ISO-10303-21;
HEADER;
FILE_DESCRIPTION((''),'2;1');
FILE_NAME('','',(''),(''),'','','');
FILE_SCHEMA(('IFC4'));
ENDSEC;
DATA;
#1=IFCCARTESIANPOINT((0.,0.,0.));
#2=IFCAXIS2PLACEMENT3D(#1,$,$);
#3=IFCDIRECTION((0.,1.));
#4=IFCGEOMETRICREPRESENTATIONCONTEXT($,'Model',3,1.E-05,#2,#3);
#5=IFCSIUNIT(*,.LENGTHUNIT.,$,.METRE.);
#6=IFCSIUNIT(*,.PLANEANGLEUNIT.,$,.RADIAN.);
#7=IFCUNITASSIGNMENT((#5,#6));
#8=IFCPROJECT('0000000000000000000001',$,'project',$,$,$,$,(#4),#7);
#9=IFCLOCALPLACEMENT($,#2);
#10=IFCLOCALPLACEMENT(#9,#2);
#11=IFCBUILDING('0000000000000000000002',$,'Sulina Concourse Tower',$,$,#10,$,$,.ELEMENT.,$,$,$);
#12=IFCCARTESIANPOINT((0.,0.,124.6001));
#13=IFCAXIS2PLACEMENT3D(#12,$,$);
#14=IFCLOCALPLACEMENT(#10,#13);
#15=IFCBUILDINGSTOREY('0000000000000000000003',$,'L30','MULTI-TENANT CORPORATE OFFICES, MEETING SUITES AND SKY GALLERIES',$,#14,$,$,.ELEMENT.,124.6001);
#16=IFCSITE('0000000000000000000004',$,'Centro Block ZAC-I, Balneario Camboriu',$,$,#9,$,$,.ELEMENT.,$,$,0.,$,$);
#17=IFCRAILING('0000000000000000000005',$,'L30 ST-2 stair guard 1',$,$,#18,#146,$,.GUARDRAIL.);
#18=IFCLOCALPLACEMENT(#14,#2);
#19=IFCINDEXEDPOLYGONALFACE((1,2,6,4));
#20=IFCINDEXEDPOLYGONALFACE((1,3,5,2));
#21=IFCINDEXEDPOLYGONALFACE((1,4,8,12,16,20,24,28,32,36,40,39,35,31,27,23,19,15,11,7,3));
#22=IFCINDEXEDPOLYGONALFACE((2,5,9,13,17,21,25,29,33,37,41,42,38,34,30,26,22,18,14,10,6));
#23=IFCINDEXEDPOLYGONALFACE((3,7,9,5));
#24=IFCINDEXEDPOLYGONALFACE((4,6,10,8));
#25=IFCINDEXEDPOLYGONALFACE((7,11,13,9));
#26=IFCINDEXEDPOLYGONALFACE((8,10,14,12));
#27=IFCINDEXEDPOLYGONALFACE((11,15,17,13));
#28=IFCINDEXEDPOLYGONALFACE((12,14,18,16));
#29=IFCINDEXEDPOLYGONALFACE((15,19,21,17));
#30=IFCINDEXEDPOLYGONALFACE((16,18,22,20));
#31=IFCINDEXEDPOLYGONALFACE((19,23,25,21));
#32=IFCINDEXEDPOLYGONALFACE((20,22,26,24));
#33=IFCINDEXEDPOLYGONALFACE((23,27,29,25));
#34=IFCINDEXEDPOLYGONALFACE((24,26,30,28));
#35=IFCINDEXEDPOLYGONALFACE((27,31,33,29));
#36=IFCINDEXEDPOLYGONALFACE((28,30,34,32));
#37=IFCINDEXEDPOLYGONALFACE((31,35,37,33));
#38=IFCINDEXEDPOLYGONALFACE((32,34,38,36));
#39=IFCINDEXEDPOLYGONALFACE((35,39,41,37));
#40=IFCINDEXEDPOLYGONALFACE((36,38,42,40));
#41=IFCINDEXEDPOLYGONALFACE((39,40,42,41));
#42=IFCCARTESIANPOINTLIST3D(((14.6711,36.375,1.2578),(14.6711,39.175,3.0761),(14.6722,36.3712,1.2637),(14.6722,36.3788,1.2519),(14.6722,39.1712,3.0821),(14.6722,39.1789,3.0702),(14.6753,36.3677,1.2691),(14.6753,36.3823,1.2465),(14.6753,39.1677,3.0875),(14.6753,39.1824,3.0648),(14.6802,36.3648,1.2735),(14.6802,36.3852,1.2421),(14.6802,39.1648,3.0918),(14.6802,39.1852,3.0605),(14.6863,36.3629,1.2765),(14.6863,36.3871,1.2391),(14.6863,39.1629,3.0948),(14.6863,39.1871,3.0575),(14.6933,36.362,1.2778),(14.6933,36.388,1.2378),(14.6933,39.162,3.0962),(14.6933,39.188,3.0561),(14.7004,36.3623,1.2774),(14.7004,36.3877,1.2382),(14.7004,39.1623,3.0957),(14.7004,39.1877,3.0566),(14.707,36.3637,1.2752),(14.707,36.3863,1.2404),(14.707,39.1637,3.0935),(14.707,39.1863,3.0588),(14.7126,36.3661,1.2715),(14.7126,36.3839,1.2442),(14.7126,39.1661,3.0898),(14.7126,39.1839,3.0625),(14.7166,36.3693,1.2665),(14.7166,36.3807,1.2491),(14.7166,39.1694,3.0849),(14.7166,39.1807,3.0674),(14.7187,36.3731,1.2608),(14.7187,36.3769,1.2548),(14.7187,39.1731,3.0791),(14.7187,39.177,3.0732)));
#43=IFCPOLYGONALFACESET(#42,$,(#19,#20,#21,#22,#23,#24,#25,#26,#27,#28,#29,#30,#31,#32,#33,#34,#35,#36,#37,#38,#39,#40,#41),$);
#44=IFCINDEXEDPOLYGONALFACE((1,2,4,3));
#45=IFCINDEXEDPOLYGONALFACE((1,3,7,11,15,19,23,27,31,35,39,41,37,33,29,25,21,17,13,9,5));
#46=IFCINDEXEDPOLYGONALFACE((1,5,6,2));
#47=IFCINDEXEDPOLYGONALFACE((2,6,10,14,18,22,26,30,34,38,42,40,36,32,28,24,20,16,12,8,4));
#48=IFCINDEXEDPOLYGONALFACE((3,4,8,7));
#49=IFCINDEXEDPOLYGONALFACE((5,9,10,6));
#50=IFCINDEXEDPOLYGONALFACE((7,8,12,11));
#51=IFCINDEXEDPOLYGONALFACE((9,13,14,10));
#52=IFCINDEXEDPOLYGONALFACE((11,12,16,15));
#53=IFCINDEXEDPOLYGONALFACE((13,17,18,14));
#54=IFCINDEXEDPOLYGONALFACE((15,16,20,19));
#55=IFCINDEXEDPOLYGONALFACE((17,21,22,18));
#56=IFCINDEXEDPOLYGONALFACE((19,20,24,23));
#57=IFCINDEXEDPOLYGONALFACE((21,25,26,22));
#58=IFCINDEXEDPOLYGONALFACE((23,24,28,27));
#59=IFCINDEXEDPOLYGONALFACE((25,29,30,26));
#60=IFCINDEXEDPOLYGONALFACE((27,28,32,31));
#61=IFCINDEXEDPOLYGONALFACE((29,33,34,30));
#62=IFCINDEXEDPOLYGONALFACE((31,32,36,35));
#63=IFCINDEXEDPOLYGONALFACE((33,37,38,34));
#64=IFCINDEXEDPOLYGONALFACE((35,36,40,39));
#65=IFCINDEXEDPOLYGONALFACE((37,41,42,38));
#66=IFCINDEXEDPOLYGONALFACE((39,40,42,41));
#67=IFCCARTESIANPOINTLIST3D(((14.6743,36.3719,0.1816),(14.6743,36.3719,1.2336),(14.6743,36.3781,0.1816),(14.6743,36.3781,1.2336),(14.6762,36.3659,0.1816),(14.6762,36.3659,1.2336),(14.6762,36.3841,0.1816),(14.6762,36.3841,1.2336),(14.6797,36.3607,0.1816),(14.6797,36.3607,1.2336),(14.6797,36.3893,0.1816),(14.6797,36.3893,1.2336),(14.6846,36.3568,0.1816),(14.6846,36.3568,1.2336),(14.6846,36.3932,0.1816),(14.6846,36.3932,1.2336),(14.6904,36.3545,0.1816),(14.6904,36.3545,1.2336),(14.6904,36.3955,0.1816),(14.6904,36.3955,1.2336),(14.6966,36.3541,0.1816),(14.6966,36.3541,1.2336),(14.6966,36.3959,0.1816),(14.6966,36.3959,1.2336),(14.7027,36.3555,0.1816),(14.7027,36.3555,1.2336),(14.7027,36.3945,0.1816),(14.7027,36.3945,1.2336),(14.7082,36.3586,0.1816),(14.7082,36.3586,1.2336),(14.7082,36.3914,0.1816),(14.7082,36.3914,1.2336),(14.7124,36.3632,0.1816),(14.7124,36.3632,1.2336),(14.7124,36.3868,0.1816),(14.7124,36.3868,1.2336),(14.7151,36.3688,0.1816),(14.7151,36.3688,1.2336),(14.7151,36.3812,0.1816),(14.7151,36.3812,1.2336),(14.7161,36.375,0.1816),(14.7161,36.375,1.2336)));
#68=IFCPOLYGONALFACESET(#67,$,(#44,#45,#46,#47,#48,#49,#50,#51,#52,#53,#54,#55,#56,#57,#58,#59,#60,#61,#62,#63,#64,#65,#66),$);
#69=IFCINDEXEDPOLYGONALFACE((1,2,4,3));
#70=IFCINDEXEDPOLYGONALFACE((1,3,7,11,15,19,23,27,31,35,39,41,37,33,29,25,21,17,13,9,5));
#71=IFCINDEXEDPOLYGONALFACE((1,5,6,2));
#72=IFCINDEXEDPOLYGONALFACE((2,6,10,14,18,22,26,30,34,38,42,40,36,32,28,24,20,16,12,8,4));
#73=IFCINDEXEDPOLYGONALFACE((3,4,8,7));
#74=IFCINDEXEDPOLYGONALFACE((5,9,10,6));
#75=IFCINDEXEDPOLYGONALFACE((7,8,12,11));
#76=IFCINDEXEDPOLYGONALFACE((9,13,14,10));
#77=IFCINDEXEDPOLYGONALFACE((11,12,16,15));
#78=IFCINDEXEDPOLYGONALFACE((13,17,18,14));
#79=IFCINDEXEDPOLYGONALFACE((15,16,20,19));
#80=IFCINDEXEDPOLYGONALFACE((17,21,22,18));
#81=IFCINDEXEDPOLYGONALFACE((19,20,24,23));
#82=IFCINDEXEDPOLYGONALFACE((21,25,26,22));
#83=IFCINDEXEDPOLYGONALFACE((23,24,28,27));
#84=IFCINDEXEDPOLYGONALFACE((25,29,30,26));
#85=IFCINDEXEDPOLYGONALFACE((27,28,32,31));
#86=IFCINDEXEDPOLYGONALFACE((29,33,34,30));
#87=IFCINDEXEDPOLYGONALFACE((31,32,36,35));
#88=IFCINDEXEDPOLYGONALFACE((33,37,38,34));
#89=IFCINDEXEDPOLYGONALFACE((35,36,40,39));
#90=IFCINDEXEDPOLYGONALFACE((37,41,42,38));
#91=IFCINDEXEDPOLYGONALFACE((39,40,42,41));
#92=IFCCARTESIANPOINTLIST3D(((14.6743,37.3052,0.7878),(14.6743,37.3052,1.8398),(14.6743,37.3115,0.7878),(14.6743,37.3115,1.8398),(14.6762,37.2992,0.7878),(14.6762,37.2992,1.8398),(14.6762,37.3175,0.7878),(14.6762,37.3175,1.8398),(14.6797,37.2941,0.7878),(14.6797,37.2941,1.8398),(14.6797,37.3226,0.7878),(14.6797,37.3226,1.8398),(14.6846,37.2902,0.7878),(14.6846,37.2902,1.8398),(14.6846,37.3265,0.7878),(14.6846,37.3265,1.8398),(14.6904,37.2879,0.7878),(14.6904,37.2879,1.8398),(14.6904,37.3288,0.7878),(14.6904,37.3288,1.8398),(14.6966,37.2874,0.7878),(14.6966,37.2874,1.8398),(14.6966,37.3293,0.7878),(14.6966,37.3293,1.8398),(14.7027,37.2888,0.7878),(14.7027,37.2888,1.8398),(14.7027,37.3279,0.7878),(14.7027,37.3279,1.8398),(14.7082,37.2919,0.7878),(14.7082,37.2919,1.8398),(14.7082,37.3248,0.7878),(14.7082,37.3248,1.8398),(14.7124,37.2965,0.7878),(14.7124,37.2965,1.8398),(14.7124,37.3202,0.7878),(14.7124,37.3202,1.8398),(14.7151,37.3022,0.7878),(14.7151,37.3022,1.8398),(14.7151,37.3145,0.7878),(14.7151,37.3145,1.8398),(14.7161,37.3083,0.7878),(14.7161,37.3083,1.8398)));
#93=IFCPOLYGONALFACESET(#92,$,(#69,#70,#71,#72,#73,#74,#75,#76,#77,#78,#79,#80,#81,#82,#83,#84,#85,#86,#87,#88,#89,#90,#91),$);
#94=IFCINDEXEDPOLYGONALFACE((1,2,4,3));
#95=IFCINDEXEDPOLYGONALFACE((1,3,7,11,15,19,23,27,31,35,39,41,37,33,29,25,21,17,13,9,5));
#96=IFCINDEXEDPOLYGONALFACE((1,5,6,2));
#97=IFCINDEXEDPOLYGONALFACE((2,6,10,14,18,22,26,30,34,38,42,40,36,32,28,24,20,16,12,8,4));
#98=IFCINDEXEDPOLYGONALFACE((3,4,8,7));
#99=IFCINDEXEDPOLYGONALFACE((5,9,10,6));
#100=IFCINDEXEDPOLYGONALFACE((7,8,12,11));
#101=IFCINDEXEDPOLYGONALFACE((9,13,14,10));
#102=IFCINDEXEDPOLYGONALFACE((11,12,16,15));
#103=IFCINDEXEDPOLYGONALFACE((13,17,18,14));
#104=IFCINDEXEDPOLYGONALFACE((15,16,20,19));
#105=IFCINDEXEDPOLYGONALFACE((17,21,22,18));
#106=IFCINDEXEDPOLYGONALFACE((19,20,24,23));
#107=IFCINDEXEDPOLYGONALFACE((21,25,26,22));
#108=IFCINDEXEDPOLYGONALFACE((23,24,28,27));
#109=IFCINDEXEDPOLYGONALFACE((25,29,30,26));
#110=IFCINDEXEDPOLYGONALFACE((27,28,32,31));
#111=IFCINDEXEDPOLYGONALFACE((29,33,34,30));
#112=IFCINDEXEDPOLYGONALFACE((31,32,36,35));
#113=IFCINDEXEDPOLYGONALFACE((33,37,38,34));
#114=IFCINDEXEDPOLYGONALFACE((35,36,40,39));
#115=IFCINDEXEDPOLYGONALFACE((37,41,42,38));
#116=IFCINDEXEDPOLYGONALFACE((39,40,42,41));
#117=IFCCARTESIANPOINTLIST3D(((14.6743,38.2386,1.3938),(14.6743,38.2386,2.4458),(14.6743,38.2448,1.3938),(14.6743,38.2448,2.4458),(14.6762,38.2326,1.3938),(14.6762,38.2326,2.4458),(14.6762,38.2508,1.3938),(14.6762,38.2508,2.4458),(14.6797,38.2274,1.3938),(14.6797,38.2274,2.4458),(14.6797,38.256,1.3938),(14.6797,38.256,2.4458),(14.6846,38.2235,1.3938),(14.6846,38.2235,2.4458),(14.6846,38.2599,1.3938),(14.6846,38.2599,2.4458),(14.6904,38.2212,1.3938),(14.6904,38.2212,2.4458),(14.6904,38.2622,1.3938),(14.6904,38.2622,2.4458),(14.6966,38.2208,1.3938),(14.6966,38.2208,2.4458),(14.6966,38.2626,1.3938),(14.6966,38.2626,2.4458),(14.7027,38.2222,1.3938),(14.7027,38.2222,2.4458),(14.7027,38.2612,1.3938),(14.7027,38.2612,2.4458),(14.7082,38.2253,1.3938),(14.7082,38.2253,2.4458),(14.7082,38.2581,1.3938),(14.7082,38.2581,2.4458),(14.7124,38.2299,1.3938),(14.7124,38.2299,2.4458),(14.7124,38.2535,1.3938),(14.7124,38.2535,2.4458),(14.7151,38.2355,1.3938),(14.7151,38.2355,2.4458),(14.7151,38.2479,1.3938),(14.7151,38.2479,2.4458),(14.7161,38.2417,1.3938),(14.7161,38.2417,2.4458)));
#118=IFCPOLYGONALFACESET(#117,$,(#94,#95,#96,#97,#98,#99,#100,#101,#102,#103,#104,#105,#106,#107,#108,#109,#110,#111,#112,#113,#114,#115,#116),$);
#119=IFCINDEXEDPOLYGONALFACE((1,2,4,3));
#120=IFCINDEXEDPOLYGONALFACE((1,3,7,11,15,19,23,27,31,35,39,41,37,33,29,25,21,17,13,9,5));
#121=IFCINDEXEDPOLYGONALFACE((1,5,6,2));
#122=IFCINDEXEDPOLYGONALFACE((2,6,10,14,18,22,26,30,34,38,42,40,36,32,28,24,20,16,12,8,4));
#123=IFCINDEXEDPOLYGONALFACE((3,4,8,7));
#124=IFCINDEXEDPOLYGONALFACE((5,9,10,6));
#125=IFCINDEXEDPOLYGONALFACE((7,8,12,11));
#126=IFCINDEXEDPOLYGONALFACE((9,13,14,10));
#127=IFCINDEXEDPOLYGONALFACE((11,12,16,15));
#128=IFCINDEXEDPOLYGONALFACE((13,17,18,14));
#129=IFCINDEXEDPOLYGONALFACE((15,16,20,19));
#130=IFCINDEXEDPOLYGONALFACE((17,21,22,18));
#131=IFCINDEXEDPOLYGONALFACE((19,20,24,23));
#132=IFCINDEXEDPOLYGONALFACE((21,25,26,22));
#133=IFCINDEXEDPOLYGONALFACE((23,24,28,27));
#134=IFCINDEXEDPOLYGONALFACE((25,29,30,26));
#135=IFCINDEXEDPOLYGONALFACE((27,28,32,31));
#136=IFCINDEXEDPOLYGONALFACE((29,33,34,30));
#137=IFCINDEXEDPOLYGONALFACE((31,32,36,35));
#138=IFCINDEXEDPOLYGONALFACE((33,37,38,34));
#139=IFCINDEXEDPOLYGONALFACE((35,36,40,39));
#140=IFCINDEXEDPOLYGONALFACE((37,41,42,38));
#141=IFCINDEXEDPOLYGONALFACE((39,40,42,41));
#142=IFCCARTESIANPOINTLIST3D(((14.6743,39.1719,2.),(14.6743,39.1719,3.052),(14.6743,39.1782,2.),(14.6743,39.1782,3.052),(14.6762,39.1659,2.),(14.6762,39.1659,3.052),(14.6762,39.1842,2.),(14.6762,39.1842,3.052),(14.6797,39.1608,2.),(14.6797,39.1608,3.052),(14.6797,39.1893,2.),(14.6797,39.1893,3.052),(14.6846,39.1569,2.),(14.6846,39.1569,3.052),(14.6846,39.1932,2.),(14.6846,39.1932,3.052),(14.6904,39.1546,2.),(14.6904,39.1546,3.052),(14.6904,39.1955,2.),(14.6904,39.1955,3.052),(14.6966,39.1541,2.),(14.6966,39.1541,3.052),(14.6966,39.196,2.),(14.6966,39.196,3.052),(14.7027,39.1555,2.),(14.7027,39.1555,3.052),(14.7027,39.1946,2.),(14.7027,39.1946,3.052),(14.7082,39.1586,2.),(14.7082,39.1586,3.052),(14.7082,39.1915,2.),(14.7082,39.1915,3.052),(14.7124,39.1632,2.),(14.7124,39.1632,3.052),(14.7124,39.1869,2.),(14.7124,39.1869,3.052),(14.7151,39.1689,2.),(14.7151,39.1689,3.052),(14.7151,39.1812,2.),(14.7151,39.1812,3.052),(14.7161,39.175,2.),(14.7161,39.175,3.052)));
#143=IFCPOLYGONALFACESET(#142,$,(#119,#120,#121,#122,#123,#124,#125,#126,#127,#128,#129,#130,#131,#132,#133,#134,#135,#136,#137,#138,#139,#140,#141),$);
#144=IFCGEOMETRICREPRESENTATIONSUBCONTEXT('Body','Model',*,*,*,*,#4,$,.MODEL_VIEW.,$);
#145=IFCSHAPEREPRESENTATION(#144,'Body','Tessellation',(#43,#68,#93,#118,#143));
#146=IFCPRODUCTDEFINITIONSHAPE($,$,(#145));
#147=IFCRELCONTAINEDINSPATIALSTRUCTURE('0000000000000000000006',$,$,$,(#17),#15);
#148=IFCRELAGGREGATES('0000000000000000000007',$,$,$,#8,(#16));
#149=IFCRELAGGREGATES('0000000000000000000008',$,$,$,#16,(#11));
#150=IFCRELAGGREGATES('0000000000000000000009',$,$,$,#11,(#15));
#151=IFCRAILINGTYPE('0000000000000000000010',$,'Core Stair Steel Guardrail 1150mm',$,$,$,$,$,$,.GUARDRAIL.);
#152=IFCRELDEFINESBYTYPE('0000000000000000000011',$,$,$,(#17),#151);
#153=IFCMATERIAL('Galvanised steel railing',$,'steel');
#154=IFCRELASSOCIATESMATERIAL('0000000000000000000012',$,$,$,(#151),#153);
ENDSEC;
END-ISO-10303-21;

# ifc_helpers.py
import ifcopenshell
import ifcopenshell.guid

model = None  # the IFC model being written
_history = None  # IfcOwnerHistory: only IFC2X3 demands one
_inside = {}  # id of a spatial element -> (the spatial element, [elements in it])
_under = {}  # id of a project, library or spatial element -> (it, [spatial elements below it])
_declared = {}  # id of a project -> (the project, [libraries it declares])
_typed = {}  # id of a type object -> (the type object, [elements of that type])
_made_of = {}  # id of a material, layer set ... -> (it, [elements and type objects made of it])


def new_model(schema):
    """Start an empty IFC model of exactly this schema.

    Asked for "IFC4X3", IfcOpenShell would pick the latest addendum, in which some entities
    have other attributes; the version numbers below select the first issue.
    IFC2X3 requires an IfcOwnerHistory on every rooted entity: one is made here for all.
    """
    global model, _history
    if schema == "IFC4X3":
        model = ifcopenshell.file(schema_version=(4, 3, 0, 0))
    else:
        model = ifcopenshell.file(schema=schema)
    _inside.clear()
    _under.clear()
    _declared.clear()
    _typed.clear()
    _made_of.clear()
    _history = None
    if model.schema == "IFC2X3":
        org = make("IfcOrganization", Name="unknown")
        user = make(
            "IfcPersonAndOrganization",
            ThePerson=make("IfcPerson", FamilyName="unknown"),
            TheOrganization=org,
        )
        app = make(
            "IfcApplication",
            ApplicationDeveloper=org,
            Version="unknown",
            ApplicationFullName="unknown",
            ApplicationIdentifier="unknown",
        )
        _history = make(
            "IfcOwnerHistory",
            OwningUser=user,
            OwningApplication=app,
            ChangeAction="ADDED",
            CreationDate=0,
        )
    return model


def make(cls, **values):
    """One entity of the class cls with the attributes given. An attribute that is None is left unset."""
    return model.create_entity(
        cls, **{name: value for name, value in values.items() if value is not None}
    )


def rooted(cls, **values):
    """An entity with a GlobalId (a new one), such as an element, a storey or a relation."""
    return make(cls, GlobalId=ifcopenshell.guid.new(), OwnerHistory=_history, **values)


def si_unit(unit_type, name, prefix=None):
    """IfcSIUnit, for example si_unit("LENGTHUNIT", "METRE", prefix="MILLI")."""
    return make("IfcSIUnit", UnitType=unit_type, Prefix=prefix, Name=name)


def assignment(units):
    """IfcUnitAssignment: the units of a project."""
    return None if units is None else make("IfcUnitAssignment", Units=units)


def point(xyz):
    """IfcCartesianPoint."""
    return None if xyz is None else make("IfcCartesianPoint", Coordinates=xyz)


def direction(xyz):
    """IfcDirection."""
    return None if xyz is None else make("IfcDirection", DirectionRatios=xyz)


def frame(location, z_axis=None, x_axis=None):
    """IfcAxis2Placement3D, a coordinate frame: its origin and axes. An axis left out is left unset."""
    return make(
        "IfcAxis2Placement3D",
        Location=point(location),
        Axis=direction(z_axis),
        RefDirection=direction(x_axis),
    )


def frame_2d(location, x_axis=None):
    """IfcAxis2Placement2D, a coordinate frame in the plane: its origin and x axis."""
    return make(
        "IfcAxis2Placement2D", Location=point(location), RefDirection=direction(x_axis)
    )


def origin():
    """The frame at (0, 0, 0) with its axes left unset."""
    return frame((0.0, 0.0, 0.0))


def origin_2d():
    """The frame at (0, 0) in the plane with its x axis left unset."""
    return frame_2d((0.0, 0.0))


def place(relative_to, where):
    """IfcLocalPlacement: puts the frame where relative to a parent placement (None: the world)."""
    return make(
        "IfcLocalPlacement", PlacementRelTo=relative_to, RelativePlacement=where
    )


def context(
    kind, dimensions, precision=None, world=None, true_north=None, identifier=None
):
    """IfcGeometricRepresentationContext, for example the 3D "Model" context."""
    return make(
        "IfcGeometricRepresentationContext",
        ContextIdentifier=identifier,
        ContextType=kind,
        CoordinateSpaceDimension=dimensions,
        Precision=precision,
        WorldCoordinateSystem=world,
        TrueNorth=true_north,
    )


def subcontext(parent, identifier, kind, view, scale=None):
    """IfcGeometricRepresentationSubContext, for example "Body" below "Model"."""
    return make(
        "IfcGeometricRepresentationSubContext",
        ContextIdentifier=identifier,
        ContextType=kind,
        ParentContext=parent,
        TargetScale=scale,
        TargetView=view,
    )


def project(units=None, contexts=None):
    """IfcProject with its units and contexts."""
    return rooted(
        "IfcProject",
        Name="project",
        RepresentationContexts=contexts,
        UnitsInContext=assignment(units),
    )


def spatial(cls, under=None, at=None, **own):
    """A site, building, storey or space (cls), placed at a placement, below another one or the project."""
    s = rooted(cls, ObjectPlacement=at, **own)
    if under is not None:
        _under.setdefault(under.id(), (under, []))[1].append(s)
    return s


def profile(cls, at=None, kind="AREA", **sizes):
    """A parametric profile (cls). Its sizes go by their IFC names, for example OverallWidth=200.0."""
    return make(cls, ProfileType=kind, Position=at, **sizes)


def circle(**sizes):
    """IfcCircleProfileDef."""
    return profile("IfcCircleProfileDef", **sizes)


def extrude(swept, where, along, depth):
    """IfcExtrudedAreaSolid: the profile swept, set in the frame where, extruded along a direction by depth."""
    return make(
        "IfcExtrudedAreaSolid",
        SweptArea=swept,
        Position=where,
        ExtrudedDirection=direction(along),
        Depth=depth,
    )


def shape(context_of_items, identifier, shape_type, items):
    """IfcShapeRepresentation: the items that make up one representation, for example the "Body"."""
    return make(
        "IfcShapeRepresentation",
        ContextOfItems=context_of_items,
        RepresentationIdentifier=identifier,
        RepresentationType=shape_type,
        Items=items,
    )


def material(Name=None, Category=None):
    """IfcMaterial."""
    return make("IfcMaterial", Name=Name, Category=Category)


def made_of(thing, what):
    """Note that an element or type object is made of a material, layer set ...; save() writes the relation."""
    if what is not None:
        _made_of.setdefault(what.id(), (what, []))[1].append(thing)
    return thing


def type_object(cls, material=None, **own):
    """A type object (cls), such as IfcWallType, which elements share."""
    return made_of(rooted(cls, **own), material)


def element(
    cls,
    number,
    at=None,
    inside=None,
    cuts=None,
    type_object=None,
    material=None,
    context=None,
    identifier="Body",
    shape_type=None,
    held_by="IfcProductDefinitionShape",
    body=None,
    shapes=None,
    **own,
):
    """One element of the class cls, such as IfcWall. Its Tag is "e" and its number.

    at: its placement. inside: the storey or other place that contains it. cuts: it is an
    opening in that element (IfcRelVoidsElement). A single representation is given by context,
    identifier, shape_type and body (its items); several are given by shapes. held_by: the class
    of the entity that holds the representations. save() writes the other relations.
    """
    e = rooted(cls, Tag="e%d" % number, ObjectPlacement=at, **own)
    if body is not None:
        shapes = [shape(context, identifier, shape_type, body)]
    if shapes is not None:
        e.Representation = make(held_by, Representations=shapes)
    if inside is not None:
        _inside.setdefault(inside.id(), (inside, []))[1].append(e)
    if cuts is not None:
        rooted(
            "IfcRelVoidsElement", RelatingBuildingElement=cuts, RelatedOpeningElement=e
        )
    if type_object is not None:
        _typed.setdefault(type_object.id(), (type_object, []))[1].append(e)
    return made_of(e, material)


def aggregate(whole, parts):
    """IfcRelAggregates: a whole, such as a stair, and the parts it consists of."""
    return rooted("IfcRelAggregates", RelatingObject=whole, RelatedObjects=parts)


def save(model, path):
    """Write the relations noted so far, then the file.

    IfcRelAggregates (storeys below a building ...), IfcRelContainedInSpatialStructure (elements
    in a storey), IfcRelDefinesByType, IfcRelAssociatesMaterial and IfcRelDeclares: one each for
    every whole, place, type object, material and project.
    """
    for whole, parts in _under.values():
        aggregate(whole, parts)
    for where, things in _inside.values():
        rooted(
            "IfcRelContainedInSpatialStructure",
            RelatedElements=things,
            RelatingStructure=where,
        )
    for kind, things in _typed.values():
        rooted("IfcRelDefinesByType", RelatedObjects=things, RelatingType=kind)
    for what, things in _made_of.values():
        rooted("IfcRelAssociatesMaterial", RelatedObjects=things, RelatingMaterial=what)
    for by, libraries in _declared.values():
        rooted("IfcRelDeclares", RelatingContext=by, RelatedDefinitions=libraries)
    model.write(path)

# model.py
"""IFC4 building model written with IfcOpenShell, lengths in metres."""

from ifc_helpers import new_model, si_unit, direction, frame, origin, origin_2d, place, context, subcontext, project, spatial, circle, extrude, material, type_object, element, save


model = new_model("IFC4")

# Units and contexts
model_context = context("Model", 3, precision=1e-05, world=origin(), true_north=direction((0.0, 1.0)))
body_context = subcontext(model_context, "Body", "Model", "MODEL_VIEW")
ifc_project = project(units=[si_unit("LENGTHUNIT", "METRE"), si_unit("PLANEANGLEUNIT", "RADIAN")], contexts=[model_context])

# Site, building, storey
site_placement = place(None, origin())
site = spatial("IfcSite", under=ifc_project, at=site_placement, Name="Centro Block ZAC-I, Balneario Camboriu", CompositionType="ELEMENT", RefElevation=0.0)
building_placement = place(site_placement, origin())
building = spatial("IfcBuilding", under=site, at=building_placement, Name="Sulina Concourse Tower", CompositionType="ELEMENT")
storey_placement = place(building_placement, frame((0.0, 0.0, 124.6001)))
storey = spatial("IfcBuildingStorey", under=building, at=storey_placement, Name="L30", Description="MULTI-TENANT CORPORATE OFFICES, MEETING SUITES AND SKY GALLERIES", CompositionType="ELEMENT", Elevation=124.6001)

# Railing
ifc_material_1 = material(Name="Galvanised steel railing", Category="steel")
railing_type_1 = type_object("IfcRailingType", Name="Core Stair Steel Guardrail 1150mm", PredefinedType="GUARDRAIL", material=ifc_material_1)
railing_1_placement = place(storey_placement, frame((14.6951, 36.375, 0.1816)))
element("IfcRailing", 1, at=railing_1_placement, inside=storey, type_object=railing_type_1, Name="L30 ST-2 stair guard 1", PredefinedType="GUARDRAIL", context=body_context, shape_type="SweptSolid", body=[
    extrude(circle(Radius=0.0239, at=origin_2d()), frame((0.0, 0.0, 1.0762), z_axis=(0.0, 0.838672, 0.544636), x_axis=(-1.0, 0.0, 0.0)), (0.0, 0.0, 1.0), 3.3386),
    extrude(circle(Radius=0.021, at=origin_2d()), origin(), (0.0, 0.0, 1.0), 1.052),
    extrude(circle(Radius=0.021, at=origin_2d()), frame((0.0, 0.9333, 0.6062)), (0.0, 0.0, 1.0), 1.052),
    extrude(circle(Radius=0.021, at=origin_2d()), frame((0.0, 1.8667, 1.2122)), (0.0, 0.0, 1.0), 1.052),
    extrude(circle(Radius=0.021, at=origin_2d()), frame((0.0, 2.8, 1.8184)), (0.0, 0.0, 1.0), 1.052),
])

save(model, "model.ifc")
